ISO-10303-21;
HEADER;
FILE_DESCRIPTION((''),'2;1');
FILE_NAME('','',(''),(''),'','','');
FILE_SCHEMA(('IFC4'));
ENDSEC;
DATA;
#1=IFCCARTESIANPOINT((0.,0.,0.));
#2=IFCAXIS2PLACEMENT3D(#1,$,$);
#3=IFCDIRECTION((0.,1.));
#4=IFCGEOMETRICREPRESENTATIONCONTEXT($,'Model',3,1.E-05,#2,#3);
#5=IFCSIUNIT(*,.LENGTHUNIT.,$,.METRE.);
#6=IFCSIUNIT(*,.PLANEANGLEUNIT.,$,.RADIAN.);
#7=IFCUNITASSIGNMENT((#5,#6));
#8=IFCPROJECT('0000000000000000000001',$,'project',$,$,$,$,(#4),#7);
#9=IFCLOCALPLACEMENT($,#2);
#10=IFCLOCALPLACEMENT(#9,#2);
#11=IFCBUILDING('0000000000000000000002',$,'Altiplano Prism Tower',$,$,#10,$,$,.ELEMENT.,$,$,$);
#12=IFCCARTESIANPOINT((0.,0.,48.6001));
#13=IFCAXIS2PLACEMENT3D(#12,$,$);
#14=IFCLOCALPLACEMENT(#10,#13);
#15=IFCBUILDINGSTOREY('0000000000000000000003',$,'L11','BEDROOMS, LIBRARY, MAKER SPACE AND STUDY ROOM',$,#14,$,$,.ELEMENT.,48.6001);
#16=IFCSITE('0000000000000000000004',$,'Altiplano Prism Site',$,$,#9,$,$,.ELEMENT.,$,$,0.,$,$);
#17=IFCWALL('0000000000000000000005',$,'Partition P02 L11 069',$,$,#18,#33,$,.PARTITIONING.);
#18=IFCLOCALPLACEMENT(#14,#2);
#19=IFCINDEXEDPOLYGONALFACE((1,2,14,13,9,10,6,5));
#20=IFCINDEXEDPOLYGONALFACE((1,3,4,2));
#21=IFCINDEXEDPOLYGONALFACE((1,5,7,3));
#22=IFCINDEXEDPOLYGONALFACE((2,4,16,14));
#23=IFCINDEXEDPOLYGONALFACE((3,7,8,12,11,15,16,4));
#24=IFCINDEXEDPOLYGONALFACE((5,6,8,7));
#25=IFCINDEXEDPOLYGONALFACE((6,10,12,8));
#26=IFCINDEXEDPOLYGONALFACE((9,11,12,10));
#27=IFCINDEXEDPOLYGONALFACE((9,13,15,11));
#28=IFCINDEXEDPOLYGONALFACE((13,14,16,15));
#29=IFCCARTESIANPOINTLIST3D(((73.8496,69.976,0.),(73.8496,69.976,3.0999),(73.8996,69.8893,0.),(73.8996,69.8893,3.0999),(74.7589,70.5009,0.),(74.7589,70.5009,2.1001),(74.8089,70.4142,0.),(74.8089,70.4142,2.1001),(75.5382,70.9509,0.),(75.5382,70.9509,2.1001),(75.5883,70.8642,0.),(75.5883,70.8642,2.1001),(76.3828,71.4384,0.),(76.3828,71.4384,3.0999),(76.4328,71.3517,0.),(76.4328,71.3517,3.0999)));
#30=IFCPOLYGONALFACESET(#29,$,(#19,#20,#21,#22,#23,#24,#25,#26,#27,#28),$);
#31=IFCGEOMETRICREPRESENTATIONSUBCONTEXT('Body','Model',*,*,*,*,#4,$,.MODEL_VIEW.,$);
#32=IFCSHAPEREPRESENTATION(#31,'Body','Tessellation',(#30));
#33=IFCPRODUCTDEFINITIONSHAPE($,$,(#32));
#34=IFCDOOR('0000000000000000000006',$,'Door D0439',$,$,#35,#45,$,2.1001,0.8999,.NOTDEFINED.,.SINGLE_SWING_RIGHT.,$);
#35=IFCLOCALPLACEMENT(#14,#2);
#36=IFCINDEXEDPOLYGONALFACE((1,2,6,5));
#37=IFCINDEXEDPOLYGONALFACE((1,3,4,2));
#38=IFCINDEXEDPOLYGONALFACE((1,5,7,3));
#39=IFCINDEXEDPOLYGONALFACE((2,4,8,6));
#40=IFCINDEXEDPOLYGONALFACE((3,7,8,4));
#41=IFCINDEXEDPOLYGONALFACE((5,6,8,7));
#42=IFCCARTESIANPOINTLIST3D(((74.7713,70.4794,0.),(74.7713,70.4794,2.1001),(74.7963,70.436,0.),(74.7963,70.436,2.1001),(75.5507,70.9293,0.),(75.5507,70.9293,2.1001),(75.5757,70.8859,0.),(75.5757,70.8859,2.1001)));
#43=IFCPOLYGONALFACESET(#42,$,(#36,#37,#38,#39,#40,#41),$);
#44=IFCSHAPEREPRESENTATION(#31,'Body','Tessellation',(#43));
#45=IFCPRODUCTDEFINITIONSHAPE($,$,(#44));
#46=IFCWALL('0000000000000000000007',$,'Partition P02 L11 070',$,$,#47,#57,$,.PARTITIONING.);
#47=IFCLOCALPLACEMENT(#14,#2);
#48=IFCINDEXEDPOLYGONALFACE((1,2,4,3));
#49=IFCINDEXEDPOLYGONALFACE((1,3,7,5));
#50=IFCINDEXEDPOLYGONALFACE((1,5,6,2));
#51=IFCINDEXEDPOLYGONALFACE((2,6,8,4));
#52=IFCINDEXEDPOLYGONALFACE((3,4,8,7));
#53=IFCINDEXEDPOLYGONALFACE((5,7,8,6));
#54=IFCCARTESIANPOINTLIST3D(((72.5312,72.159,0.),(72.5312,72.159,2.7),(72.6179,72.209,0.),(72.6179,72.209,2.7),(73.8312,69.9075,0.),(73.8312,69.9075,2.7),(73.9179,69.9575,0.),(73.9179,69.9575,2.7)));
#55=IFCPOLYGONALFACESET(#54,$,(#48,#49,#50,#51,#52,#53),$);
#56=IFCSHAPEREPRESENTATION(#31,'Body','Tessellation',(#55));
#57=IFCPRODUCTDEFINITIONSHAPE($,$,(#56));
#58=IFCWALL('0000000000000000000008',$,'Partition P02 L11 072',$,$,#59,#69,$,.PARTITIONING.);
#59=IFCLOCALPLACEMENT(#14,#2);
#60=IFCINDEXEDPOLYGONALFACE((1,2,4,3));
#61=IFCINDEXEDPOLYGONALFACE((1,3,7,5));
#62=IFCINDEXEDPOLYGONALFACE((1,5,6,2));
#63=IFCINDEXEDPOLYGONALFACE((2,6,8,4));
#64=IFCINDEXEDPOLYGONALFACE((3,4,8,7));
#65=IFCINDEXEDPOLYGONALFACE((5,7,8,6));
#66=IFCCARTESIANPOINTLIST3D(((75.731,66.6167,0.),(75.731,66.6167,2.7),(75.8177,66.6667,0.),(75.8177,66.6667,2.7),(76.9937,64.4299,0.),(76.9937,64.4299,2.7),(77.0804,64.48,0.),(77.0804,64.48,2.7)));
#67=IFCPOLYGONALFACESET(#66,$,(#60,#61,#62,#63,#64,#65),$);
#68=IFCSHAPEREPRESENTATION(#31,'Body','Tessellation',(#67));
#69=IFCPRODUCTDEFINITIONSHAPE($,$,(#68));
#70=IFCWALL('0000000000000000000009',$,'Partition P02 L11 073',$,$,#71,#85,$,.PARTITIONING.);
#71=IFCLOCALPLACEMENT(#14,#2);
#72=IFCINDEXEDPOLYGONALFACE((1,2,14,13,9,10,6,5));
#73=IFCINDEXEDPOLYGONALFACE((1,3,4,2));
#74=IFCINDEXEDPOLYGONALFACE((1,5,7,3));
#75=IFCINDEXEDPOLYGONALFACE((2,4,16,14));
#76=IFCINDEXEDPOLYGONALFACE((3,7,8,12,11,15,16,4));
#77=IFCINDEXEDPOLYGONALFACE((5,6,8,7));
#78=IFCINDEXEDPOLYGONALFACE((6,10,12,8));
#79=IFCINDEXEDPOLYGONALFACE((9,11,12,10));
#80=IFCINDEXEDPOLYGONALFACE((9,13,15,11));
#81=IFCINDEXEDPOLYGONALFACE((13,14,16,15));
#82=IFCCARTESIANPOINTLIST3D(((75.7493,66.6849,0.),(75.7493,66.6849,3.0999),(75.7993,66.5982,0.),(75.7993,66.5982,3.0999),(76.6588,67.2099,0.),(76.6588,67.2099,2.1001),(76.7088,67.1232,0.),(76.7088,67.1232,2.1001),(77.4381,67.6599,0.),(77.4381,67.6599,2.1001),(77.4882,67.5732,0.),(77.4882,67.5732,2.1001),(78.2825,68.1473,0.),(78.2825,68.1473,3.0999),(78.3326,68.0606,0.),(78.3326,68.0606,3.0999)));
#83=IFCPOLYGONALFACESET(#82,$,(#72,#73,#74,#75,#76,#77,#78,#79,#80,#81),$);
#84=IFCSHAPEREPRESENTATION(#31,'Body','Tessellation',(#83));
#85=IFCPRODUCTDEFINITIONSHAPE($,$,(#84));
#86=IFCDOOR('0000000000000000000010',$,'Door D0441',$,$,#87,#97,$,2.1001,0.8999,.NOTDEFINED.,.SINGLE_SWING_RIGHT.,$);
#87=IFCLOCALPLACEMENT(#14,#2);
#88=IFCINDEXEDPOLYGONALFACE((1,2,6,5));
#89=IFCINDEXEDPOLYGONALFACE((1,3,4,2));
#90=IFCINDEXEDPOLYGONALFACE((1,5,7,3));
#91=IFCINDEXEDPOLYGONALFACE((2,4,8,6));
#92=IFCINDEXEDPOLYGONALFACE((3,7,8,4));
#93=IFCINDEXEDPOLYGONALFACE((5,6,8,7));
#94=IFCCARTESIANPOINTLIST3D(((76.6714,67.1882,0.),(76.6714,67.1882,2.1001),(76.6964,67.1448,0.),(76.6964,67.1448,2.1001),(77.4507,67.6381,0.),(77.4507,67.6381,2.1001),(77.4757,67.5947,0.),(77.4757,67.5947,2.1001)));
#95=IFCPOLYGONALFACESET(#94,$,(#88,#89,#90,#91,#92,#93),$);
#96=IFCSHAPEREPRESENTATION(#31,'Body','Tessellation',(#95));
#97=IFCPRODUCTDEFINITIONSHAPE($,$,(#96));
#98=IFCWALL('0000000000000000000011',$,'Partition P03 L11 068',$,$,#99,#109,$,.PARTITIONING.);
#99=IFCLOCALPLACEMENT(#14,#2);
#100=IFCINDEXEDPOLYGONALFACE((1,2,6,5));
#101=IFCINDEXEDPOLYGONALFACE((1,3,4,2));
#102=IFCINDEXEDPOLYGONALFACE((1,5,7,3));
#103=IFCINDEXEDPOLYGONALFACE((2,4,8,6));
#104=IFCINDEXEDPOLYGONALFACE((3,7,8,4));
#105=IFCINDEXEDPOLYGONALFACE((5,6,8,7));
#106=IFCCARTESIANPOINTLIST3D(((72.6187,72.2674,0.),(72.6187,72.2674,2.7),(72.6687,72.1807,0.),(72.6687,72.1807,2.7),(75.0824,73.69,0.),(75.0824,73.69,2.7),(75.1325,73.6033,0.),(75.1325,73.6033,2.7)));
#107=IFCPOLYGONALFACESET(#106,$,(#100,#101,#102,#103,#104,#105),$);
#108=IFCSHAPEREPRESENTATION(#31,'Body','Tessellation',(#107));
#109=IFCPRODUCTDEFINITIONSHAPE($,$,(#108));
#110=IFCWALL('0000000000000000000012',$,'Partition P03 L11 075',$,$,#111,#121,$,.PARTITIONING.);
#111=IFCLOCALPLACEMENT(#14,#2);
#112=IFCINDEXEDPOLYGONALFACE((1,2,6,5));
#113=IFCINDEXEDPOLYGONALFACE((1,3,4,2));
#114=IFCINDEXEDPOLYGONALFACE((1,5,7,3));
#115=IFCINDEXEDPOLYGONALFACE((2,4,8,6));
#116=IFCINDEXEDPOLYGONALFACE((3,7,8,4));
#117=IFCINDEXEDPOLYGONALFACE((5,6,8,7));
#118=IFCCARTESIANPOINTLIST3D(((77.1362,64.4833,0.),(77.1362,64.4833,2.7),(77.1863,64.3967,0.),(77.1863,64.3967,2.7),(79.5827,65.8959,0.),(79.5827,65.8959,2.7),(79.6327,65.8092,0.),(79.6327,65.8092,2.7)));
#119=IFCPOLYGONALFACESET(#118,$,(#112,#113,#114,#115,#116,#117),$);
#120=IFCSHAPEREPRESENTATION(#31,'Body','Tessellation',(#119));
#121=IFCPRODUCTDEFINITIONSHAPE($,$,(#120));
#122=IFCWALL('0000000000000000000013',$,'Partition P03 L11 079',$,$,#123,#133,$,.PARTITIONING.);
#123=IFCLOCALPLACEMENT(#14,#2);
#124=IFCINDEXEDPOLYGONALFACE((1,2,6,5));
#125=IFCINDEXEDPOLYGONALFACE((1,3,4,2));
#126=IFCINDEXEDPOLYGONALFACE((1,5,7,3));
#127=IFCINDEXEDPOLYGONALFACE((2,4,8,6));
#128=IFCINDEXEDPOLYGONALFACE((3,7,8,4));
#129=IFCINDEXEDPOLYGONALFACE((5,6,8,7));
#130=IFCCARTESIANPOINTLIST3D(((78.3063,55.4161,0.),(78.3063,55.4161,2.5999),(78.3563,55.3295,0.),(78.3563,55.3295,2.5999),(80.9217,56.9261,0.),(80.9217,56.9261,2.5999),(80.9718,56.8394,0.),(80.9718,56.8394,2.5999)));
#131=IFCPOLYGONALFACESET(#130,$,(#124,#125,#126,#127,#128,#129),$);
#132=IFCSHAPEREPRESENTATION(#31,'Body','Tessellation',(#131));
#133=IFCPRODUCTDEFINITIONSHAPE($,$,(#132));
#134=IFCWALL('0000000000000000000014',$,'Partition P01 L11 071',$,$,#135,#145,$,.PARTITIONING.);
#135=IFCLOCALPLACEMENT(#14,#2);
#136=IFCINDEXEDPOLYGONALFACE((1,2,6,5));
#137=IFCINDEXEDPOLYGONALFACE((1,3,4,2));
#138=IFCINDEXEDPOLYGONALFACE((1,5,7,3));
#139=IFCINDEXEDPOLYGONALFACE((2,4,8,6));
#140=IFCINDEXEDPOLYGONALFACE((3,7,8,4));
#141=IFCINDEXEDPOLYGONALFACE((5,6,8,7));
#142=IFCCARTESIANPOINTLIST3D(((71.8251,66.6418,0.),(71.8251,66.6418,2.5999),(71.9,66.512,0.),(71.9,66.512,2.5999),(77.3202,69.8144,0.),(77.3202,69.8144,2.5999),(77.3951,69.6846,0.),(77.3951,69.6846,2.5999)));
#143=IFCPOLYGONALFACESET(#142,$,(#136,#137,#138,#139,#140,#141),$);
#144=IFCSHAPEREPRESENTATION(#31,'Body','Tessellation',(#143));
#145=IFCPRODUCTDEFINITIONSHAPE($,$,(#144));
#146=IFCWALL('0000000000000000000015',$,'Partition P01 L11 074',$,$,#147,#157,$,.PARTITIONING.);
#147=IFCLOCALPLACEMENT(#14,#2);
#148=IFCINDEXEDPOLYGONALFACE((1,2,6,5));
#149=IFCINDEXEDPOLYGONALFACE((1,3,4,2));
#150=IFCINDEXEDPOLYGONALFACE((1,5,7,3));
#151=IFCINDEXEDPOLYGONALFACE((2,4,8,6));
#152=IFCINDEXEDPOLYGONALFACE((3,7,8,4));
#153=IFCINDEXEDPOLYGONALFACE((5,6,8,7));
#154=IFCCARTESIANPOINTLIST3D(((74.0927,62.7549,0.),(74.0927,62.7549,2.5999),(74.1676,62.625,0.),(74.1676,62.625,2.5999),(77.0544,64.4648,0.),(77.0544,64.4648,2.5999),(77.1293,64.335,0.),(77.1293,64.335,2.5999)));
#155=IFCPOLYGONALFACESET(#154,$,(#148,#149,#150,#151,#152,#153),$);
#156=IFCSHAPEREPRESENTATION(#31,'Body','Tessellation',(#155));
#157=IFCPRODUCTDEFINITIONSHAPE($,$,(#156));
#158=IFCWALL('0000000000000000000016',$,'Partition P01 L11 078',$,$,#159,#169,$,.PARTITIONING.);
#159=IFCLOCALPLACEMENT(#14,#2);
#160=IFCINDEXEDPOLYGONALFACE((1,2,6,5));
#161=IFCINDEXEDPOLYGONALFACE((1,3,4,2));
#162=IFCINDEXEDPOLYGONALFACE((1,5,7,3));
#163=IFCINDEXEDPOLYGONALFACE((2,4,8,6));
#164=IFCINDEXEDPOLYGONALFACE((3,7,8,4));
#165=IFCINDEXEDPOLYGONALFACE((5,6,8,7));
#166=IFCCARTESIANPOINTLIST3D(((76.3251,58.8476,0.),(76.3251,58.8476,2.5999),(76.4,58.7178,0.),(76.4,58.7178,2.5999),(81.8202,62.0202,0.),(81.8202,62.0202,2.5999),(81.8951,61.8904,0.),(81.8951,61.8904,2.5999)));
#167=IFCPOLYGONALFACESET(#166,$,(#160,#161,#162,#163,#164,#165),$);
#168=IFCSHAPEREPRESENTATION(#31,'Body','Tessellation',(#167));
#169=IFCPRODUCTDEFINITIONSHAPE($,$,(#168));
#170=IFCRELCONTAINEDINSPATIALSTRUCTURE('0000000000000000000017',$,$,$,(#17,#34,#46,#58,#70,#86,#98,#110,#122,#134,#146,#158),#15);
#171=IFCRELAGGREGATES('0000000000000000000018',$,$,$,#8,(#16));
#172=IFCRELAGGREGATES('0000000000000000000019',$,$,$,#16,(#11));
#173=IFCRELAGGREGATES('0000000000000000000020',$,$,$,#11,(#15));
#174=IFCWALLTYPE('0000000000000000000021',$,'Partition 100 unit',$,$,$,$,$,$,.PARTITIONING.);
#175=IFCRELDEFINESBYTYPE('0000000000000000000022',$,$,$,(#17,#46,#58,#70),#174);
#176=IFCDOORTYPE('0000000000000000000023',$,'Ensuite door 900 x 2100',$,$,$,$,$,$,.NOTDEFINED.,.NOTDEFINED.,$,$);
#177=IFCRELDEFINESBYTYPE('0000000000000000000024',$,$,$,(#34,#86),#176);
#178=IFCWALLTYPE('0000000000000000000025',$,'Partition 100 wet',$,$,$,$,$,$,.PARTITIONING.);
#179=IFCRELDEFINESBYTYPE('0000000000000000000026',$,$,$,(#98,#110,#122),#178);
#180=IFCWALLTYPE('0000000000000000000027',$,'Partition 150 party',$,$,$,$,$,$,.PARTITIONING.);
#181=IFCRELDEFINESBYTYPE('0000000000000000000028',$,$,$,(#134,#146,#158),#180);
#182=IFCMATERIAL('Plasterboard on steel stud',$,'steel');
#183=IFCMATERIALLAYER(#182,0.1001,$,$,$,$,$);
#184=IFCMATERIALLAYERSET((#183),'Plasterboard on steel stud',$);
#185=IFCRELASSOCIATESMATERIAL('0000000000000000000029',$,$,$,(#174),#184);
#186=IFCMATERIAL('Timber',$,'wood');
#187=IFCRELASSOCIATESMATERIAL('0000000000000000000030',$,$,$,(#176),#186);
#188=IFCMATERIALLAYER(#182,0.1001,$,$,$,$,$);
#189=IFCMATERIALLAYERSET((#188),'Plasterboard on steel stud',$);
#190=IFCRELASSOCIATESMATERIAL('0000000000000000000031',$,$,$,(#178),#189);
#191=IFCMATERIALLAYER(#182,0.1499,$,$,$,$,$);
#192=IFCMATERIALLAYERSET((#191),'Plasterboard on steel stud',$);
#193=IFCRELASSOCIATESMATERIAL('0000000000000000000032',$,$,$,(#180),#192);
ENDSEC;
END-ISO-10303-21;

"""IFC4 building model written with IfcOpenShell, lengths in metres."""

from ifc_helpers import new_model, si_unit, direction, frame, frame_2d, origin, place, context, subcontext, project, spatial, rectangle, extrude, material, layer, layer_set, type_object, element, fill, save


model = new_model("IFC4")

# Units and contexts
model_context = context("Model", 3, precision=1e-05, world=origin(), true_north=direction((0.0, 1.0)))
body_context = subcontext(model_context, "Body", "Model", "MODEL_VIEW")
ifc_project = project(units=[si_unit("LENGTHUNIT", "METRE"), si_unit("PLANEANGLEUNIT", "RADIAN")], contexts=[model_context])

# Site, building, storey
site_placement = place(None, origin())
site = spatial("IfcSite", under=ifc_project, at=site_placement, Name="Altiplano Prism Site", CompositionType="ELEMENT", RefElevation=0.0)
building_placement = place(site_placement, origin())
building = spatial("IfcBuilding", under=site, at=building_placement, Name="Altiplano Prism Tower", CompositionType="ELEMENT")
storey_placement = place(building_placement, frame((0.0, 0.0, 48.6001)))
storey = spatial("IfcBuildingStorey", under=building, at=storey_placement, Name="L11", Description="BEDROOMS, LIBRARY, MAKER SPACE AND STUDY ROOM", CompositionType="ELEMENT", Elevation=48.6001)

# Shared definitions
ifc_material_1 = material(Name="Plasterboard on steel stud", Category="steel")
ifc_layer_1 = layer(ifc_material_1, 0.1001)
ifc_layer_set_1 = layer_set([ifc_layer_1], Name="Plasterboard on steel stud")
wall_type_1 = type_object("IfcWallType", Name="Partition 100 unit", PredefinedType="PARTITIONING", material=ifc_layer_set_1)

# Wall, opening, door
wall_1_placement = place(storey_placement, frame((76.4077, 71.395, 0.0), z_axis=(0.0, 0.0, 1.0), x_axis=(-0.866047, -0.499963, 0.0)))
wall_1 = element("IfcWall", 1, at=wall_1_placement, inside=storey, type_object=wall_type_1, Name="Partition P02 L11 069", PredefinedType="PARTITIONING", context=body_context, shape_type="SweptSolid", body=[
    extrude(rectangle(XDim=2.925, YDim=0.1001, at=frame_2d((1.4624, 0.0))), origin(), (0.0, 0.0, 1.0), 3.0999),
])
opening_1_placement = place(wall_1_placement, frame((0.9751, 0.0, 0.0)))
opening_1 = element("IfcOpeningElement", 2, at=opening_1_placement, cuts=wall_1, PredefinedType="OPENING", context=body_context, shape_type="SweptSolid", body=[
    extrude(rectangle(XDim=0.8999, YDim=2.1001, at=frame_2d((0.45, 1.05))), frame((0.0, 0.0605, 0.0), z_axis=(0.0, -1.0, 0.0), x_axis=(1.0, 0.0, 0.0)), (0.0, 0.0, 1.0), 0.1211),
])
ifc_material_2 = material(Name="Timber", Category="wood")
door_type = type_object("IfcDoorType", Name="Ensuite door 900 x 2100", OperationType="NOTDEFINED", PredefinedType="NOTDEFINED", material=ifc_material_2)
door_1_placement = place(opening_1_placement, origin())
door_1 = element("IfcDoor", 3, at=door_1_placement, inside=storey, type_object=door_type, Name="Door D0439", OperationType="SINGLE_SWING_RIGHT", OverallHeight=2.1001, OverallWidth=0.8999, PredefinedType="NOTDEFINED", context=body_context, shape_type="SweptSolid", body=[
    extrude(rectangle(XDim=0.8999, YDim=2.1001, at=frame_2d((0.45, 1.05))), frame((0.0, 0.0249, 0.0), z_axis=(0.0, -1.0, 0.0), x_axis=(1.0, 0.0, 0.0)), (0.0, 0.0, 1.0), 0.05),
])
fill(opening_1, door_1)

# Walls
wall_2_placement = place(storey_placement, frame((73.8745, 69.9326, 0.0), z_axis=(0.0, 0.0, 1.0), x_axis=(-0.500048, 0.865998, 0.0)))
element("IfcWall", 4, at=wall_2_placement, inside=storey, type_object=wall_type_1, Name="Partition P02 L11 070", PredefinedType="PARTITIONING", context=body_context, shape_type="SweptSolid", body=[
    extrude(rectangle(XDim=2.5999, YDim=0.1001, at=frame_2d((1.2998, 0.0))), origin(), (0.0, 0.0, 1.0), 2.7),
])
wall_3_placement = place(storey_placement, frame((77.0371, 64.4548, 0.0), z_axis=(0.0, 0.0, 1.0), x_axis=(-0.500049, 0.865997, 0.0)))
element("IfcWall", 5, at=wall_3_placement, inside=storey, type_object=wall_type_1, Name="Partition P02 L11 072", PredefinedType="PARTITIONING", context=body_context, shape_type="SweptSolid", body=[
    extrude(rectangle(XDim=2.5251, YDim=0.1001, at=frame_2d((1.2627, 0.0))), origin(), (0.0, 0.0, 1.0), 2.7),
])

# Wall, opening, door
wall_4_placement = place(storey_placement, frame((75.7744, 66.6416, 0.0), z_axis=(0.0, 0.0, 1.0), x_axis=(0.866047, 0.499963, 0.0)))
wall_4 = element("IfcWall", 6, at=wall_4_placement, inside=storey, type_object=wall_type_1, Name="Partition P02 L11 073", PredefinedType="PARTITIONING", context=body_context, shape_type="SweptSolid", body=[
    extrude(rectangle(XDim=2.925, YDim=0.1001, at=frame_2d((1.4624, 0.0))), origin(), (0.0, 0.0, 1.0), 3.0999),
])
opening_2_placement = place(wall_4_placement, frame((1.05, 0.0, 0.0)))
opening_2 = element("IfcOpeningElement", 7, at=opening_2_placement, cuts=wall_4, PredefinedType="OPENING", context=body_context, shape_type="SweptSolid", body=[
    extrude(rectangle(XDim=0.8999, YDim=2.1001, at=frame_2d((0.45, 1.05))), frame((0.0, 0.0605, 0.0), z_axis=(0.0, -1.0, 0.0), x_axis=(1.0, 0.0, 0.0)), (0.0, 0.0, 1.0), 0.1211),
])
door_2_placement = place(opening_2_placement, origin())
door_2 = element("IfcDoor", 8, at=door_2_placement, inside=storey, type_object=door_type, Name="Door D0441", OperationType="SINGLE_SWING_RIGHT", OverallHeight=2.1001, OverallWidth=0.8999, PredefinedType="NOTDEFINED", context=body_context, shape_type="SweptSolid", body=[
    extrude(rectangle(XDim=0.8999, YDim=2.1001, at=frame_2d((0.45, 1.05))), frame((0.0, 0.0249, 0.0), z_axis=(0.0, -1.0, 0.0), x_axis=(1.0, 0.0, 0.0)), (0.0, 0.0, 1.0), 0.05),
])
fill(opening_2, door_2)

# Walls
ifc_layer_2 = layer(ifc_material_1, 0.1001)
ifc_layer_set_2 = layer_set([ifc_layer_2], Name="Plasterboard on steel stud")
wall_type_2 = type_object("IfcWallType", Name="Partition 100 wet", PredefinedType="PARTITIONING", material=ifc_layer_set_2)
wall_5_placement = place(storey_placement, frame((72.6438, 72.2241, 0.0), z_axis=(0.0, 0.0, 1.0), x_axis=(0.866011, 0.500025, 0.0)))
element("IfcWall", 9, at=wall_5_placement, inside=storey, type_object=wall_type_2, Name="Partition P03 L11 068", PredefinedType="PARTITIONING", context=body_context, shape_type="SweptSolid", body=[
    extrude(rectangle(XDim=2.845, YDim=0.1001, at=frame_2d((1.4224, 0.0))), origin(), (0.0, 0.0, 1.0), 2.7),
])
wall_6_placement = place(storey_placement, frame((77.1611, 64.4399, 0.0), z_axis=(0.0, 0.0, 1.0), x_axis=(0.866011, 0.500024, 0.0)))
element("IfcWall", 10, at=wall_6_placement, inside=storey, type_object=wall_type_2, Name="Partition P03 L11 075", PredefinedType="PARTITIONING", context=body_context, shape_type="SweptSolid", body=[
    extrude(rectangle(XDim=2.825, YDim=0.1001, at=frame_2d((1.4126, 0.0))), origin(), (0.0, 0.0, 1.0), 2.7),
])
wall_7_placement = place(storey_placement, frame((78.3313, 55.3728, 0.0), z_axis=(0.0, 0.0, 1.0), x_axis=(0.866031, 0.499991, 0.0)))
element("IfcWall", 11, at=wall_7_placement, inside=storey, type_object=wall_type_2, Name="Partition P03 L11 079", PredefinedType="PARTITIONING", context=body_context, shape_type="SweptSolid", body=[
    extrude(rectangle(XDim=3.02, YDim=0.1001, at=frame_2d((1.51, 0.0))), origin(), (0.0, 0.0, 1.0), 2.5999),
])
ifc_layer_3 = layer(ifc_material_1, 0.1499)
ifc_layer_set_3 = layer_set([ifc_layer_3], Name="Plasterboard on steel stud")
wall_type_3 = type_object("IfcWallType", Name="Partition 150 party", PredefinedType="PARTITIONING", material=ifc_layer_set_3)
wall_8_placement = place(storey_placement, frame((71.8625, 66.5769, 0.0), z_axis=(0.0, 0.0, 1.0), x_axis=(0.866025, 0.5, 0.0)))
element("IfcWall", 12, at=wall_8_placement, inside=storey, type_object=wall_type_3, Name="Partition P01 L11 071", PredefinedType="PARTITIONING", context=body_context, shape_type="SweptSolid", body=[
    extrude(rectangle(XDim=6.3452, YDim=0.1499, at=frame_2d((3.1726, 0.0))), origin(), (0.0, 0.0, 1.0), 2.5999),
])
wall_9_placement = place(storey_placement, frame((74.1301, 62.6899, 0.0), z_axis=(0.0, 0.0, 1.0), x_axis=(0.86602, 0.500009, 0.0)))
element("IfcWall", 13, at=wall_9_placement, inside=storey, type_object=wall_type_3, Name="Partition P01 L11 074", PredefinedType="PARTITIONING", context=body_context, shape_type="SweptSolid", body=[
    extrude(rectangle(XDim=3.4199, YDim=0.1499, at=frame_2d((1.71, 0.0))), origin(), (0.0, 0.0, 1.0), 2.5999),
])
wall_10_placement = place(storey_placement, frame((76.3625, 58.7827, 0.0), z_axis=(0.0, 0.0, 1.0), x_axis=(0.866025, 0.5, 0.0)))
element("IfcWall", 14, at=wall_10_placement, inside=storey, type_object=wall_type_3, Name="Partition P01 L11 078", PredefinedType="PARTITIONING", context=body_context, shape_type="SweptSolid", body=[
    extrude(rectangle(XDim=6.3452, YDim=0.1499, at=frame_2d((3.1726, 0.0))), origin(), (0.0, 0.0, 1.0), 2.5999),
])

save(model, "model.ifc")
